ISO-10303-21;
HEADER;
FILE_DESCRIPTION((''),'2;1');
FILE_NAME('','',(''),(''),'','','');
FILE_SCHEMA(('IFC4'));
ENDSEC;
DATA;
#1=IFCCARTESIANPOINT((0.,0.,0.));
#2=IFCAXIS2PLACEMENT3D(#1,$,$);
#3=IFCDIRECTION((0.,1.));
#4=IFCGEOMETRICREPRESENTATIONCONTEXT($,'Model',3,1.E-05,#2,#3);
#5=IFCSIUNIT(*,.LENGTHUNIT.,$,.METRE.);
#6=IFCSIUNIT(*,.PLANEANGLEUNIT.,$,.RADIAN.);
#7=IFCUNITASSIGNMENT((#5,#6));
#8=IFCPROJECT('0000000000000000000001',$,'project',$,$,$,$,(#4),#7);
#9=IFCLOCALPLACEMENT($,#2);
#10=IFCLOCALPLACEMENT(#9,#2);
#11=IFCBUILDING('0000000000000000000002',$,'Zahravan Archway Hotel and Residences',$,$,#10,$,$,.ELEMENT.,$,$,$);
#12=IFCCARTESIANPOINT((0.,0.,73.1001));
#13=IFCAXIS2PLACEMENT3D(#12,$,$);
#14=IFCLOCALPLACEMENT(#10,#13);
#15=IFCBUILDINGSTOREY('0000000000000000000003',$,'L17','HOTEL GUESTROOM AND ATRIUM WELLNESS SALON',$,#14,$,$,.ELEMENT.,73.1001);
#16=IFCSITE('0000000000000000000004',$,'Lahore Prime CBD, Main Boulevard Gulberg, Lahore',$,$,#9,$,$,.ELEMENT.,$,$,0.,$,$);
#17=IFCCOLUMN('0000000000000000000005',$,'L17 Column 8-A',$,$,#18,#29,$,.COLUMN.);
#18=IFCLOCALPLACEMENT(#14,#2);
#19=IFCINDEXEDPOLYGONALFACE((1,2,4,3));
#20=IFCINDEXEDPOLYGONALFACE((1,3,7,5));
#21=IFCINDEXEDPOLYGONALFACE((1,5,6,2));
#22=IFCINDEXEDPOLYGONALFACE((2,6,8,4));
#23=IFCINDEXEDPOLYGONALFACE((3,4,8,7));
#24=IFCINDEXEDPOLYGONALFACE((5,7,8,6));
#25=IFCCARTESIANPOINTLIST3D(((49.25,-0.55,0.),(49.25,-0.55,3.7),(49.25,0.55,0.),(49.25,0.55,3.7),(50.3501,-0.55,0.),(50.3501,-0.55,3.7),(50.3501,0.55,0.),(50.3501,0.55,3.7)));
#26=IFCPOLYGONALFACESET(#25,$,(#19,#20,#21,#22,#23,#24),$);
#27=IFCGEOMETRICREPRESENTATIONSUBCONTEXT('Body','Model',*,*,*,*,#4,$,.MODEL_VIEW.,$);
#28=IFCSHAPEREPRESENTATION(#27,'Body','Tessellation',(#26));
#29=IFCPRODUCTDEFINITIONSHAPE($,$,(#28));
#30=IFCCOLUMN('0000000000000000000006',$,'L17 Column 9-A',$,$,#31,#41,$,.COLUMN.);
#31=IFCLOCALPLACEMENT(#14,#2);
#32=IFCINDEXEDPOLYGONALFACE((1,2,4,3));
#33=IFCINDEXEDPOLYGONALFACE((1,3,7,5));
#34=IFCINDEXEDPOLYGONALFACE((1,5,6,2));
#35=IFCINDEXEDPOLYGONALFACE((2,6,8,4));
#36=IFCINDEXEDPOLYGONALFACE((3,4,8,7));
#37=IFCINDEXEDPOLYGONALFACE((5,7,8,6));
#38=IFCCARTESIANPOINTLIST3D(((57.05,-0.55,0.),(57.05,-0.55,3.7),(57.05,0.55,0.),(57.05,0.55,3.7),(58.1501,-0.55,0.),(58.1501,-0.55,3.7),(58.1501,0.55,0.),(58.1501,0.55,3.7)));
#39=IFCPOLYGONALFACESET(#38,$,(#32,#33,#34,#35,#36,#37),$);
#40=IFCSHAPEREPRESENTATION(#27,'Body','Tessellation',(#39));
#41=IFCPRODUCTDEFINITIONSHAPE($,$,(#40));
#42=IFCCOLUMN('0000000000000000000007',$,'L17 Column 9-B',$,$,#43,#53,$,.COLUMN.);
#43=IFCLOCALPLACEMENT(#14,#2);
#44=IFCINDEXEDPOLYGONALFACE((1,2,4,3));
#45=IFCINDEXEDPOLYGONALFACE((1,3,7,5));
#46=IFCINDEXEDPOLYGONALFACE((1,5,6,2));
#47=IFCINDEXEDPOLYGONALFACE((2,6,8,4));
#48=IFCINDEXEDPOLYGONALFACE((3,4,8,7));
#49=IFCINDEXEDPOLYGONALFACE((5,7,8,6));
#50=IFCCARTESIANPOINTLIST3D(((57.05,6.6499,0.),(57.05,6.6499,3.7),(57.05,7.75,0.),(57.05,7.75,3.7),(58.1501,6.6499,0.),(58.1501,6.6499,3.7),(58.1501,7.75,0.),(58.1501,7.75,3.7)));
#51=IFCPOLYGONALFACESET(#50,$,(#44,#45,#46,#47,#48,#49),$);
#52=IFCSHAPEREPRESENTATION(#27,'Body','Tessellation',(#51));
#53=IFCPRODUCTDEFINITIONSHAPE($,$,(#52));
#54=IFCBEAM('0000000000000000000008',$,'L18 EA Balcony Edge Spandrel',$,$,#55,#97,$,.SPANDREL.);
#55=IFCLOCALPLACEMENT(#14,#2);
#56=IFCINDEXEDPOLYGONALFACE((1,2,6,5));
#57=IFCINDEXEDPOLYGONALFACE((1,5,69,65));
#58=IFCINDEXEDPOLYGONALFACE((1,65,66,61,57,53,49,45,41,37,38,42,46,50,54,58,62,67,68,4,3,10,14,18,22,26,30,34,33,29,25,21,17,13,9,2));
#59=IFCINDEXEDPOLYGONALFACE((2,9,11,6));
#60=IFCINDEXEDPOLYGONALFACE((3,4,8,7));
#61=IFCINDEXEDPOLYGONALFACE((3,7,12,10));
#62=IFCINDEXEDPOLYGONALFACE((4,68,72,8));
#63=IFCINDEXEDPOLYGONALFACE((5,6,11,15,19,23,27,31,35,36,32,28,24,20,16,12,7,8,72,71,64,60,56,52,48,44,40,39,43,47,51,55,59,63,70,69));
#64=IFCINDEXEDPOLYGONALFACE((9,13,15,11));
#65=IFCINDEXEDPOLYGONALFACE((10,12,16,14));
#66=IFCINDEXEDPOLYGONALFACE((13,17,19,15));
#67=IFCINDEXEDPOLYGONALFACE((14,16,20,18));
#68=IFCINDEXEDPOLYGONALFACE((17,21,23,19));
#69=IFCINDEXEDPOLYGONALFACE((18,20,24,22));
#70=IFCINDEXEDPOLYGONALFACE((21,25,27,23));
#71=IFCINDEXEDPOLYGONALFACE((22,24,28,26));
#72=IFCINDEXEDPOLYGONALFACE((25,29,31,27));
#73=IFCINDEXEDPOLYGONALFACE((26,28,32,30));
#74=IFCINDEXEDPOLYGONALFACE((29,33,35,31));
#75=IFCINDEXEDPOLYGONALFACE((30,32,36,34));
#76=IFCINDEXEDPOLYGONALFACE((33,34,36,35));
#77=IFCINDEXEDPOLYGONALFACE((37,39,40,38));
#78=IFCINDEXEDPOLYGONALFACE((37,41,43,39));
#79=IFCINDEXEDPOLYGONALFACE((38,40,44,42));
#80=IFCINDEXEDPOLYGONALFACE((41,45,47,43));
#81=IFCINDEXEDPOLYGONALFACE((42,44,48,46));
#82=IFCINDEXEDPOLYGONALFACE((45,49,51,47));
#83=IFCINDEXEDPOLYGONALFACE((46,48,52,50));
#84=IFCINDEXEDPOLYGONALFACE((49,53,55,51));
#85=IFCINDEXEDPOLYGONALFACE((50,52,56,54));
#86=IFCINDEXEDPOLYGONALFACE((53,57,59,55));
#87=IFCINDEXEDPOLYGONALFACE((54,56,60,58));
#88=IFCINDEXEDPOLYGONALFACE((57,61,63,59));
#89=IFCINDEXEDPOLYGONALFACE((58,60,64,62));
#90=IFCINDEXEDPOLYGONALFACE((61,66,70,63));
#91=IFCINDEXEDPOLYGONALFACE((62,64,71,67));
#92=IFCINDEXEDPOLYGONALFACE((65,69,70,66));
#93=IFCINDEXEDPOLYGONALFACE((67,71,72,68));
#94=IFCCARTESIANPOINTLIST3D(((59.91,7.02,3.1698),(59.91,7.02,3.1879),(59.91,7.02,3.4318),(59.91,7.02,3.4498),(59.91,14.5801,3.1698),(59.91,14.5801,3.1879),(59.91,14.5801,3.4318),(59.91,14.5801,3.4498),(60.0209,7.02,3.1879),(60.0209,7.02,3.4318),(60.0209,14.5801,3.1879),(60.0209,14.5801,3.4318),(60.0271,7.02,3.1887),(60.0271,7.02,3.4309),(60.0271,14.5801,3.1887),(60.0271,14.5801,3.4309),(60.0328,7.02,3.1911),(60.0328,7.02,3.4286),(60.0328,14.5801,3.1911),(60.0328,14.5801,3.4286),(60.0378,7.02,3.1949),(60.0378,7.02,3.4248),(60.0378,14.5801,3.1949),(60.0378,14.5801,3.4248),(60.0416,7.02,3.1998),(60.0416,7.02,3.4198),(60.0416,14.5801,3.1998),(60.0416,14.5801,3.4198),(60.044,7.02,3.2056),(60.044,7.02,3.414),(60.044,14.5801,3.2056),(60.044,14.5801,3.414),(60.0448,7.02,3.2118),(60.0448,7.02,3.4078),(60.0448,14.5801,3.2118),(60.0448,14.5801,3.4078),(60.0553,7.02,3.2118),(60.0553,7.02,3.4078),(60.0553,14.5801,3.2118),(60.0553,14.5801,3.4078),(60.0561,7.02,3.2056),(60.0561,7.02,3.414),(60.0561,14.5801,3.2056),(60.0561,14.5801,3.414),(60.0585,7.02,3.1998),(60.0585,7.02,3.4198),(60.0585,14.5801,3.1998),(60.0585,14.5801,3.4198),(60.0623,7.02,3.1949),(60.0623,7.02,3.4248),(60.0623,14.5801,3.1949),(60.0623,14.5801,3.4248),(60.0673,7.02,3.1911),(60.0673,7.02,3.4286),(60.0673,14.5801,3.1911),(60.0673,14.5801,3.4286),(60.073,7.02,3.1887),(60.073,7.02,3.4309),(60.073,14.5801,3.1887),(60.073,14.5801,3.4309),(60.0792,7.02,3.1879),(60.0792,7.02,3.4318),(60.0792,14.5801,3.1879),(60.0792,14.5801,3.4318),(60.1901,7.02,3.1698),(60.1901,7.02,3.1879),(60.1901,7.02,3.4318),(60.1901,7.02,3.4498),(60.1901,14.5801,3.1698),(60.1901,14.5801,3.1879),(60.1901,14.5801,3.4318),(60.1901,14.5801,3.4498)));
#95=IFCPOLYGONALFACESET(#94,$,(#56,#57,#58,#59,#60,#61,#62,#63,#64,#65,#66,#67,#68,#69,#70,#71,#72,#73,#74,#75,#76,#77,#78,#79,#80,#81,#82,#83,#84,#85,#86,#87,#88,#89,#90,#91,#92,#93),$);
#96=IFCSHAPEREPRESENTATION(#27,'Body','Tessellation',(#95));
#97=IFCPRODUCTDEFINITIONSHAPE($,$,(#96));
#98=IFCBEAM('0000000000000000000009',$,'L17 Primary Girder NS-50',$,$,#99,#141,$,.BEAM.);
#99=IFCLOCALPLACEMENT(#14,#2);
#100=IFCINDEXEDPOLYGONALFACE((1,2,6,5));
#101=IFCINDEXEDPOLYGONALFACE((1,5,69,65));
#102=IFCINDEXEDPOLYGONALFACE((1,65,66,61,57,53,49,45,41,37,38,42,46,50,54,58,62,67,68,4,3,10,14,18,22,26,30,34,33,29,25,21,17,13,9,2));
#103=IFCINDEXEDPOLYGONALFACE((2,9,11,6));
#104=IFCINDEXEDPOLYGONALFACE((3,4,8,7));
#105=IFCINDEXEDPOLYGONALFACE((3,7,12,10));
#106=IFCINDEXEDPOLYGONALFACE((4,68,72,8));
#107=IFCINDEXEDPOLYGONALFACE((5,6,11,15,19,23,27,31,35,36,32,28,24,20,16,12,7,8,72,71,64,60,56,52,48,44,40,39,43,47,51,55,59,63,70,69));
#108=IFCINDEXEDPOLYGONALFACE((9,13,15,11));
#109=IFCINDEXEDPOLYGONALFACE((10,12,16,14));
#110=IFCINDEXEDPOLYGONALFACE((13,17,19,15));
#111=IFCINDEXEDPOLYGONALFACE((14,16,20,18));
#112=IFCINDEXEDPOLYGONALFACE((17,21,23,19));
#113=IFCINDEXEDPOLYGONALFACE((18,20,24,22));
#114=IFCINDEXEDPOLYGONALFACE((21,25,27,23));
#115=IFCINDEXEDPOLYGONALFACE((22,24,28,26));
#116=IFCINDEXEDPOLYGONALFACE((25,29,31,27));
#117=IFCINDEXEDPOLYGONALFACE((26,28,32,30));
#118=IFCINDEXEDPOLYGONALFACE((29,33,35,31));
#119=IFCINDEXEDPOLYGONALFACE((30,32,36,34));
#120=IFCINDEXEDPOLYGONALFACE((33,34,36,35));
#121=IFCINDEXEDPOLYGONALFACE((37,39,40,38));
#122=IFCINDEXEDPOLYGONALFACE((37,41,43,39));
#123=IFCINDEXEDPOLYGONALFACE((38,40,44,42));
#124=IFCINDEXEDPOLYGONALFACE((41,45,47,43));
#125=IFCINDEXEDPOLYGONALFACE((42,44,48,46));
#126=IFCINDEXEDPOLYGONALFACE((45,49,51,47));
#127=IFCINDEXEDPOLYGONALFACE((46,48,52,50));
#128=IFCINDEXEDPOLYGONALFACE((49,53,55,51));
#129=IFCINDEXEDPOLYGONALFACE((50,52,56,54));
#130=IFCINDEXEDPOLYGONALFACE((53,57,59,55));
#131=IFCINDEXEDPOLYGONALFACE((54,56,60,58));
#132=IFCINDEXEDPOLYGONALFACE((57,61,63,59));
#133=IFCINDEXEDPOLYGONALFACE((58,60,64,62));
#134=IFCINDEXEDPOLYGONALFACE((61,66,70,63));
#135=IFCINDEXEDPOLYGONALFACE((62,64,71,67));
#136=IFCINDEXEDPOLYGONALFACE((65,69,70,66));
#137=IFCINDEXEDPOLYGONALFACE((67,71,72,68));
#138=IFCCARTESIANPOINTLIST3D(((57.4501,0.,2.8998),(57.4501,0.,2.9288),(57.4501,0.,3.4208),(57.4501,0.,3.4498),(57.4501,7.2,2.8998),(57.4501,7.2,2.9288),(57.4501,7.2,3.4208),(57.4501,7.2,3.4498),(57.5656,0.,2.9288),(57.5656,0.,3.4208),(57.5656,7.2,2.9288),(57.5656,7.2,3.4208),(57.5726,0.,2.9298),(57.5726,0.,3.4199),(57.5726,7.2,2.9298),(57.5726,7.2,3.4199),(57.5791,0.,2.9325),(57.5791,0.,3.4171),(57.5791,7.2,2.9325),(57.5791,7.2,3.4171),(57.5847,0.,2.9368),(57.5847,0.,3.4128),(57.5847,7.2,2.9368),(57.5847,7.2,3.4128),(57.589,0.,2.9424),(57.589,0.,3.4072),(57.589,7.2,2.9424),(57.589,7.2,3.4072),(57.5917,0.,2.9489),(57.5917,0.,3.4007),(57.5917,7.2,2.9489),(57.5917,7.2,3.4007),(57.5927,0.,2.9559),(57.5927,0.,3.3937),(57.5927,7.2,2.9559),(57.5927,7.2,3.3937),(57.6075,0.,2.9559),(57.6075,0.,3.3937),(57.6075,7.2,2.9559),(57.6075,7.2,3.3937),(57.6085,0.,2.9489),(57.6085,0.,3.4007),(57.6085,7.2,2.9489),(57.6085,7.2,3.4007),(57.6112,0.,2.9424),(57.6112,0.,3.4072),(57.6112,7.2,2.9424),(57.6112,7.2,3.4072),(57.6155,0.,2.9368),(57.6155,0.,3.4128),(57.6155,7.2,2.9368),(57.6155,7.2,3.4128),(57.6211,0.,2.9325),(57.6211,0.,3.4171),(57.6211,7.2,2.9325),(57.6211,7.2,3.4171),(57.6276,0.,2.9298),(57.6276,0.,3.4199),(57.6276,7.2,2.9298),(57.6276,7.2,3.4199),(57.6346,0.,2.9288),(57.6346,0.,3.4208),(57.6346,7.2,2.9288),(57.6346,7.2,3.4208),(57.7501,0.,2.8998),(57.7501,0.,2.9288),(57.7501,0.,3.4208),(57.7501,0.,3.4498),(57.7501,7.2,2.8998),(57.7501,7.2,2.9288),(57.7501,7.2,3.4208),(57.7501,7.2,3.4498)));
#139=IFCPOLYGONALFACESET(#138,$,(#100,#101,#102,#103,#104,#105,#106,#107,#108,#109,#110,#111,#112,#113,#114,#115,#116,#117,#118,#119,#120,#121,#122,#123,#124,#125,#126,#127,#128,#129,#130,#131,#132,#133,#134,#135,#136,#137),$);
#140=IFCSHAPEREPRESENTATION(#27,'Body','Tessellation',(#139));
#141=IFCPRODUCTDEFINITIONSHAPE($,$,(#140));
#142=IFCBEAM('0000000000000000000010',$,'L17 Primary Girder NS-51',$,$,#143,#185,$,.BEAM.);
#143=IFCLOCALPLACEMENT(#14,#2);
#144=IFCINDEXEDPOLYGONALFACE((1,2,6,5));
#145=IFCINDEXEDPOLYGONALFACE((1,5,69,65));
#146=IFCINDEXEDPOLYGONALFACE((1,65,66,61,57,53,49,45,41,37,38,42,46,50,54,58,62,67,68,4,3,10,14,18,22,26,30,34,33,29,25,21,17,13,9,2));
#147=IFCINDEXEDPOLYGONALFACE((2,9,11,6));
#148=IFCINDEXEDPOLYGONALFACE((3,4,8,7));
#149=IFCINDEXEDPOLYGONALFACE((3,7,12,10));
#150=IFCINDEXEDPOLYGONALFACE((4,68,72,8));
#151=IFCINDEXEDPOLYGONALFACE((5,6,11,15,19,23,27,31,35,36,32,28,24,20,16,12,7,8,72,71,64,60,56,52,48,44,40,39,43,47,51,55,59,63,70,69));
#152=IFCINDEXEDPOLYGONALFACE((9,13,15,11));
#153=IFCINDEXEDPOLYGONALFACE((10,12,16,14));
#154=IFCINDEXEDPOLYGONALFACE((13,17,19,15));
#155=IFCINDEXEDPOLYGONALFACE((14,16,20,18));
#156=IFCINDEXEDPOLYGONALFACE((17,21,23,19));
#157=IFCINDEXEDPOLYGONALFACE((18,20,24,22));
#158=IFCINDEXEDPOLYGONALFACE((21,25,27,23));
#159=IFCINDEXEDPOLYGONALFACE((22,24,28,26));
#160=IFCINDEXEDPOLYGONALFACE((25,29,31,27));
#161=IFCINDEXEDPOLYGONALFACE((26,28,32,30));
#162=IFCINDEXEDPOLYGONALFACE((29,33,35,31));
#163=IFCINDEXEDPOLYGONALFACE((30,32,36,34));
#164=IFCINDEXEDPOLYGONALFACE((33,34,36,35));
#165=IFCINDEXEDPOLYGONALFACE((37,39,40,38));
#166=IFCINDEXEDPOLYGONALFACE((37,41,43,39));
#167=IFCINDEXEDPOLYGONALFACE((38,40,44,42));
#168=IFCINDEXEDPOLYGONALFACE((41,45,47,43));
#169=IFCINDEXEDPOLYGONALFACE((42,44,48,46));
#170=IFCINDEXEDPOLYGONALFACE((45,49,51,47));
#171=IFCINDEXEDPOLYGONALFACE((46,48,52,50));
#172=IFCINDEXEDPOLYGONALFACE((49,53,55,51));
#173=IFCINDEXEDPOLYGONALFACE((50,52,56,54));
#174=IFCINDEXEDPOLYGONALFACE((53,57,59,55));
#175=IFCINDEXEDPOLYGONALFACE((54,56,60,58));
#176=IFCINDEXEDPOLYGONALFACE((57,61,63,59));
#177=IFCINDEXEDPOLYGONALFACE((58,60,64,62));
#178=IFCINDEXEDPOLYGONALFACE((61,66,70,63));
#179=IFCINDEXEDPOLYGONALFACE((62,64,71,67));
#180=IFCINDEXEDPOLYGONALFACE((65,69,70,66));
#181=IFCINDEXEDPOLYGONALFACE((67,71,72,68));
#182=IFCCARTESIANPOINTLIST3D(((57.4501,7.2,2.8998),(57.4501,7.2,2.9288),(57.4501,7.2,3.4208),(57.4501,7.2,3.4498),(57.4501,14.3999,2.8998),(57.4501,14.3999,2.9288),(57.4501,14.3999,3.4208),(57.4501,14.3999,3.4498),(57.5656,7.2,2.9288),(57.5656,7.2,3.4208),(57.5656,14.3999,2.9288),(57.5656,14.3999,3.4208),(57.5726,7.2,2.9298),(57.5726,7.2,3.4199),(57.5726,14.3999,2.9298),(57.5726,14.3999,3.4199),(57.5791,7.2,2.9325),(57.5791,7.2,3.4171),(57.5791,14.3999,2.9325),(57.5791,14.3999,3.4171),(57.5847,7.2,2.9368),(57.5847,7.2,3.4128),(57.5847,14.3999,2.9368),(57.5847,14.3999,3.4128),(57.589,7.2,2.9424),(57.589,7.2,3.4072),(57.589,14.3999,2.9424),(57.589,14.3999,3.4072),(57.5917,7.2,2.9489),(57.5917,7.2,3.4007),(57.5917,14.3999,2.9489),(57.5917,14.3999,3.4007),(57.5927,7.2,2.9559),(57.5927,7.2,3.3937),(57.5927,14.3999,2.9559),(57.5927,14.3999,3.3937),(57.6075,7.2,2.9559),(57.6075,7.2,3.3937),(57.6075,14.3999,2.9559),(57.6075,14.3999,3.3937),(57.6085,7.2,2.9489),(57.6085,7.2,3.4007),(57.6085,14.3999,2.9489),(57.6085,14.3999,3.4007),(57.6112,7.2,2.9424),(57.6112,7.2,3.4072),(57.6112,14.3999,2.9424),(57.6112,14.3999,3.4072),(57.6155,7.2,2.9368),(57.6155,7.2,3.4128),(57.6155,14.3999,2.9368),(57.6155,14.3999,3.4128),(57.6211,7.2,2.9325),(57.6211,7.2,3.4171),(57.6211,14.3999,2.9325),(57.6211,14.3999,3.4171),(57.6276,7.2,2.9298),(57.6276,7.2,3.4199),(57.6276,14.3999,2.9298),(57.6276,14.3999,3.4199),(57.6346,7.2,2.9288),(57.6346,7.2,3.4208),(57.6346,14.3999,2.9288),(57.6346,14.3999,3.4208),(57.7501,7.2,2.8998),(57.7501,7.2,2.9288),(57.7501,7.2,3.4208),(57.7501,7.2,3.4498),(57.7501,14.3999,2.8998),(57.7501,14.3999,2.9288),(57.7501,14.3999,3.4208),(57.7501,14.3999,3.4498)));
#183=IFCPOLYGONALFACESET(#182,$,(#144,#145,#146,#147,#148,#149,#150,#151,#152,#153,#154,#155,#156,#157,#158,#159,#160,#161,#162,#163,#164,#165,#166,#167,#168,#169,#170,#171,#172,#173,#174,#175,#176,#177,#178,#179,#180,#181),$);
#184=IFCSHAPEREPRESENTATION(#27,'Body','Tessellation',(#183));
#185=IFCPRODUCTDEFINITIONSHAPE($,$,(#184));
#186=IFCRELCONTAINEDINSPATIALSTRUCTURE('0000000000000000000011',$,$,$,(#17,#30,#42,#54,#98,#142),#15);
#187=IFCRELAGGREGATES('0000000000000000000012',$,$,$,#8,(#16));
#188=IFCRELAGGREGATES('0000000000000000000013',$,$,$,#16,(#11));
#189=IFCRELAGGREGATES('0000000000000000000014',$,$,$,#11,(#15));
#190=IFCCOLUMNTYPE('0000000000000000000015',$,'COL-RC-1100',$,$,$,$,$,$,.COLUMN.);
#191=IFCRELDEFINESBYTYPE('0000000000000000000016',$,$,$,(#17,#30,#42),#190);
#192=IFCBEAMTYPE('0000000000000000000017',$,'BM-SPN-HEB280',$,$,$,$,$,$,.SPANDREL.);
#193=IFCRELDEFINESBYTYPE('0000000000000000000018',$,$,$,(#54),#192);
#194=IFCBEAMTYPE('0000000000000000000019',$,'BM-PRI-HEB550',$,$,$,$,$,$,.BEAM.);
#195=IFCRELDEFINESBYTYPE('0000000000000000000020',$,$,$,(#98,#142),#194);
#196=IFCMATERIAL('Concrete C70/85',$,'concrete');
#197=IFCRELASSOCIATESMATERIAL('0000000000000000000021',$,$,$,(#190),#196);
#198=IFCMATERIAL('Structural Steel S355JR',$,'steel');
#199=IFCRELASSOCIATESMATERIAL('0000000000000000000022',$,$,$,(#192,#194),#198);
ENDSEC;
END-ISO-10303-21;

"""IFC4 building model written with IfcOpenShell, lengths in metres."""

from ifc_helpers import new_model, si_unit, direction, frame, origin, origin_2d, place, context, subcontext, project, spatial, rectangle, i_section, extrude, source, transform, mapped, material, material_profile, profile_set, type_object, type_shapes, element, save


model = new_model("IFC4")

# Units and contexts
model_context = context("Model", 3, precision=1e-05, world=origin(), true_north=direction((0.0, 1.0)))
body_context = subcontext(model_context, "Body", "Model", "MODEL_VIEW")
ifc_project = project(units=[si_unit("LENGTHUNIT", "METRE"), si_unit("PLANEANGLEUNIT", "RADIAN")], contexts=[model_context])

# Site, building, storey
site_placement = place(None, origin())
site = spatial("IfcSite", under=ifc_project, at=site_placement, Name="Lahore Prime CBD, Main Boulevard Gulberg, Lahore", CompositionType="ELEMENT", RefElevation=0.0)
building_placement = place(site_placement, origin())
building = spatial("IfcBuilding", under=site, at=building_placement, Name="Zahravan Archway Hotel and Residences", CompositionType="ELEMENT")
storey_placement = place(building_placement, frame((0.0, 0.0, 73.1001)))
storey = spatial("IfcBuildingStorey", under=building, at=storey_placement, Name="L17", Description="HOTEL GUESTROOM AND ATRIUM WELLNESS SALON", CompositionType="ELEMENT", Elevation=73.1001)

# Columns
ifc_material_1 = material(Name="Concrete C70/85", Category="concrete")
ifc_material_profile_1 = material_profile(ifc_material_1, rectangle(XDim=1.1001, YDim=1.1001, at=origin_2d()), Name="RC 1100x1100", Category="concrete")
ifc_profile_set_1 = profile_set([ifc_material_profile_1], Name="Concrete C70/85")
column_type = type_object("IfcColumnType", Name="COL-RC-1100", PredefinedType="COLUMN", material=ifc_profile_set_1)
shared_shape_1 = source(origin(), body_context, "Body", "SweptSolid", [
    extrude(rectangle(XDim=1.1001, YDim=1.1001, at=origin_2d()), origin(), (0.0, 0.0, 1.0), 3.7),
])
for number, where, z_axis, x_axis, name in (
    (1, (49.8, 0.0, 0.0), (0.0, 0.0, 1.0), (1.0, 0.0, 0.0), "L17 Column 8-A"),
    (2, (57.6001, 0.0, 0.0), (0.0, 0.0, 1.0), (1.0, 0.0, 0.0), "L17 Column 9-A"),
    (3, (57.6001, 7.2, 0.0), (0.0, 0.0, 1.0), (1.0, 0.0, 0.0), "L17 Column 9-B"),
):
    element("IfcColumn", number, at=place(storey_placement, frame(where, z_axis=z_axis, x_axis=x_axis)), inside=storey, type_object=column_type, Name=name, PredefinedType="COLUMN", context=body_context, shape_type="MappedRepresentation", body=[
        mapped(shared_shape_1, transform((0.0, 0.0, 0.0), scale=1.0)),
    ])

# Beams
ifc_material_2 = material(Name="Structural Steel S355JR", Category="steel")
ifc_material_profile_2 = material_profile(ifc_material_2, i_section(OverallWidth=0.28, OverallDepth=0.28, WebThickness=0.0105, FlangeThickness=0.0181, FilletRadius=0.0239, at=origin_2d()), Name="HEB 280", Category="steel")
ifc_profile_set_2 = profile_set([ifc_material_profile_2], Name="Structural Steel S355JR")
beam_type_1 = type_object("IfcBeamType", Name="BM-SPN-HEB280", PredefinedType="SPANDREL", material=ifc_profile_set_2)
shared_shape_2 = source(origin(), body_context, "Body", "SweptSolid", [
    extrude(i_section(OverallWidth=0.28, OverallDepth=0.28, WebThickness=0.0105, FlangeThickness=0.0181, FilletRadius=0.0239, at=origin_2d()), origin(), (0.0, 0.0, 1.0), 7.5601),
])
type_shapes(beam_type_1, [shared_shape_2])
beam_1_placement = place(storey_placement, frame((60.05, 7.02, 3.3098), z_axis=(0.0, 1.0, 0.0), x_axis=(-1.0, 0.0, 0.0)))
element("IfcBeam", 4, at=beam_1_placement, inside=storey, type_object=beam_type_1, Name="L18 EA Balcony Edge Spandrel", PredefinedType="SPANDREL", context=body_context, shape_type="MappedRepresentation", body=[
    mapped(shared_shape_2, transform((0.0, 0.0, 0.0), scale=1.0)),
])
ifc_material_profile_3 = material_profile(ifc_material_2, i_section(OverallWidth=0.3, OverallDepth=0.55, WebThickness=0.0149, FlangeThickness=0.0291, FilletRadius=0.0271, at=origin_2d()), Name="HEB 550", Category="steel")
ifc_profile_set_3 = profile_set([ifc_material_profile_3], Name="Structural Steel S355JR")
beam_type_2 = type_object("IfcBeamType", Name="BM-PRI-HEB550", PredefinedType="BEAM", material=ifc_profile_set_3)
shared_shape_3 = source(origin(), body_context, "Body", "SweptSolid", [
    extrude(i_section(OverallWidth=0.3, OverallDepth=0.55, WebThickness=0.0149, FlangeThickness=0.0291, FilletRadius=0.0271, at=origin_2d()), origin(), (0.0, 0.0, 1.0), 7.2),
])
for number, where, z_axis, x_axis, name in (
    (5, (57.6001, 0.0, 3.1748), (0.0, 1.0, 0.0), (-1.0, 0.0, 0.0), "L17 Primary Girder NS-50"),
    (6, (57.6001, 7.2, 3.1748), (0.0, 1.0, 0.0), (-1.0, 0.0, 0.0), "L17 Primary Girder NS-51"),
):
    element("IfcBeam", number, at=place(storey_placement, frame(where, z_axis=z_axis, x_axis=x_axis)), inside=storey, type_object=beam_type_2, Name=name, PredefinedType="BEAM", context=body_context, shape_type="MappedRepresentation", body=[
        mapped(shared_shape_3, transform((0.0, 0.0, 0.0), scale=1.0)),
    ])

save(model, "model.ifc")
